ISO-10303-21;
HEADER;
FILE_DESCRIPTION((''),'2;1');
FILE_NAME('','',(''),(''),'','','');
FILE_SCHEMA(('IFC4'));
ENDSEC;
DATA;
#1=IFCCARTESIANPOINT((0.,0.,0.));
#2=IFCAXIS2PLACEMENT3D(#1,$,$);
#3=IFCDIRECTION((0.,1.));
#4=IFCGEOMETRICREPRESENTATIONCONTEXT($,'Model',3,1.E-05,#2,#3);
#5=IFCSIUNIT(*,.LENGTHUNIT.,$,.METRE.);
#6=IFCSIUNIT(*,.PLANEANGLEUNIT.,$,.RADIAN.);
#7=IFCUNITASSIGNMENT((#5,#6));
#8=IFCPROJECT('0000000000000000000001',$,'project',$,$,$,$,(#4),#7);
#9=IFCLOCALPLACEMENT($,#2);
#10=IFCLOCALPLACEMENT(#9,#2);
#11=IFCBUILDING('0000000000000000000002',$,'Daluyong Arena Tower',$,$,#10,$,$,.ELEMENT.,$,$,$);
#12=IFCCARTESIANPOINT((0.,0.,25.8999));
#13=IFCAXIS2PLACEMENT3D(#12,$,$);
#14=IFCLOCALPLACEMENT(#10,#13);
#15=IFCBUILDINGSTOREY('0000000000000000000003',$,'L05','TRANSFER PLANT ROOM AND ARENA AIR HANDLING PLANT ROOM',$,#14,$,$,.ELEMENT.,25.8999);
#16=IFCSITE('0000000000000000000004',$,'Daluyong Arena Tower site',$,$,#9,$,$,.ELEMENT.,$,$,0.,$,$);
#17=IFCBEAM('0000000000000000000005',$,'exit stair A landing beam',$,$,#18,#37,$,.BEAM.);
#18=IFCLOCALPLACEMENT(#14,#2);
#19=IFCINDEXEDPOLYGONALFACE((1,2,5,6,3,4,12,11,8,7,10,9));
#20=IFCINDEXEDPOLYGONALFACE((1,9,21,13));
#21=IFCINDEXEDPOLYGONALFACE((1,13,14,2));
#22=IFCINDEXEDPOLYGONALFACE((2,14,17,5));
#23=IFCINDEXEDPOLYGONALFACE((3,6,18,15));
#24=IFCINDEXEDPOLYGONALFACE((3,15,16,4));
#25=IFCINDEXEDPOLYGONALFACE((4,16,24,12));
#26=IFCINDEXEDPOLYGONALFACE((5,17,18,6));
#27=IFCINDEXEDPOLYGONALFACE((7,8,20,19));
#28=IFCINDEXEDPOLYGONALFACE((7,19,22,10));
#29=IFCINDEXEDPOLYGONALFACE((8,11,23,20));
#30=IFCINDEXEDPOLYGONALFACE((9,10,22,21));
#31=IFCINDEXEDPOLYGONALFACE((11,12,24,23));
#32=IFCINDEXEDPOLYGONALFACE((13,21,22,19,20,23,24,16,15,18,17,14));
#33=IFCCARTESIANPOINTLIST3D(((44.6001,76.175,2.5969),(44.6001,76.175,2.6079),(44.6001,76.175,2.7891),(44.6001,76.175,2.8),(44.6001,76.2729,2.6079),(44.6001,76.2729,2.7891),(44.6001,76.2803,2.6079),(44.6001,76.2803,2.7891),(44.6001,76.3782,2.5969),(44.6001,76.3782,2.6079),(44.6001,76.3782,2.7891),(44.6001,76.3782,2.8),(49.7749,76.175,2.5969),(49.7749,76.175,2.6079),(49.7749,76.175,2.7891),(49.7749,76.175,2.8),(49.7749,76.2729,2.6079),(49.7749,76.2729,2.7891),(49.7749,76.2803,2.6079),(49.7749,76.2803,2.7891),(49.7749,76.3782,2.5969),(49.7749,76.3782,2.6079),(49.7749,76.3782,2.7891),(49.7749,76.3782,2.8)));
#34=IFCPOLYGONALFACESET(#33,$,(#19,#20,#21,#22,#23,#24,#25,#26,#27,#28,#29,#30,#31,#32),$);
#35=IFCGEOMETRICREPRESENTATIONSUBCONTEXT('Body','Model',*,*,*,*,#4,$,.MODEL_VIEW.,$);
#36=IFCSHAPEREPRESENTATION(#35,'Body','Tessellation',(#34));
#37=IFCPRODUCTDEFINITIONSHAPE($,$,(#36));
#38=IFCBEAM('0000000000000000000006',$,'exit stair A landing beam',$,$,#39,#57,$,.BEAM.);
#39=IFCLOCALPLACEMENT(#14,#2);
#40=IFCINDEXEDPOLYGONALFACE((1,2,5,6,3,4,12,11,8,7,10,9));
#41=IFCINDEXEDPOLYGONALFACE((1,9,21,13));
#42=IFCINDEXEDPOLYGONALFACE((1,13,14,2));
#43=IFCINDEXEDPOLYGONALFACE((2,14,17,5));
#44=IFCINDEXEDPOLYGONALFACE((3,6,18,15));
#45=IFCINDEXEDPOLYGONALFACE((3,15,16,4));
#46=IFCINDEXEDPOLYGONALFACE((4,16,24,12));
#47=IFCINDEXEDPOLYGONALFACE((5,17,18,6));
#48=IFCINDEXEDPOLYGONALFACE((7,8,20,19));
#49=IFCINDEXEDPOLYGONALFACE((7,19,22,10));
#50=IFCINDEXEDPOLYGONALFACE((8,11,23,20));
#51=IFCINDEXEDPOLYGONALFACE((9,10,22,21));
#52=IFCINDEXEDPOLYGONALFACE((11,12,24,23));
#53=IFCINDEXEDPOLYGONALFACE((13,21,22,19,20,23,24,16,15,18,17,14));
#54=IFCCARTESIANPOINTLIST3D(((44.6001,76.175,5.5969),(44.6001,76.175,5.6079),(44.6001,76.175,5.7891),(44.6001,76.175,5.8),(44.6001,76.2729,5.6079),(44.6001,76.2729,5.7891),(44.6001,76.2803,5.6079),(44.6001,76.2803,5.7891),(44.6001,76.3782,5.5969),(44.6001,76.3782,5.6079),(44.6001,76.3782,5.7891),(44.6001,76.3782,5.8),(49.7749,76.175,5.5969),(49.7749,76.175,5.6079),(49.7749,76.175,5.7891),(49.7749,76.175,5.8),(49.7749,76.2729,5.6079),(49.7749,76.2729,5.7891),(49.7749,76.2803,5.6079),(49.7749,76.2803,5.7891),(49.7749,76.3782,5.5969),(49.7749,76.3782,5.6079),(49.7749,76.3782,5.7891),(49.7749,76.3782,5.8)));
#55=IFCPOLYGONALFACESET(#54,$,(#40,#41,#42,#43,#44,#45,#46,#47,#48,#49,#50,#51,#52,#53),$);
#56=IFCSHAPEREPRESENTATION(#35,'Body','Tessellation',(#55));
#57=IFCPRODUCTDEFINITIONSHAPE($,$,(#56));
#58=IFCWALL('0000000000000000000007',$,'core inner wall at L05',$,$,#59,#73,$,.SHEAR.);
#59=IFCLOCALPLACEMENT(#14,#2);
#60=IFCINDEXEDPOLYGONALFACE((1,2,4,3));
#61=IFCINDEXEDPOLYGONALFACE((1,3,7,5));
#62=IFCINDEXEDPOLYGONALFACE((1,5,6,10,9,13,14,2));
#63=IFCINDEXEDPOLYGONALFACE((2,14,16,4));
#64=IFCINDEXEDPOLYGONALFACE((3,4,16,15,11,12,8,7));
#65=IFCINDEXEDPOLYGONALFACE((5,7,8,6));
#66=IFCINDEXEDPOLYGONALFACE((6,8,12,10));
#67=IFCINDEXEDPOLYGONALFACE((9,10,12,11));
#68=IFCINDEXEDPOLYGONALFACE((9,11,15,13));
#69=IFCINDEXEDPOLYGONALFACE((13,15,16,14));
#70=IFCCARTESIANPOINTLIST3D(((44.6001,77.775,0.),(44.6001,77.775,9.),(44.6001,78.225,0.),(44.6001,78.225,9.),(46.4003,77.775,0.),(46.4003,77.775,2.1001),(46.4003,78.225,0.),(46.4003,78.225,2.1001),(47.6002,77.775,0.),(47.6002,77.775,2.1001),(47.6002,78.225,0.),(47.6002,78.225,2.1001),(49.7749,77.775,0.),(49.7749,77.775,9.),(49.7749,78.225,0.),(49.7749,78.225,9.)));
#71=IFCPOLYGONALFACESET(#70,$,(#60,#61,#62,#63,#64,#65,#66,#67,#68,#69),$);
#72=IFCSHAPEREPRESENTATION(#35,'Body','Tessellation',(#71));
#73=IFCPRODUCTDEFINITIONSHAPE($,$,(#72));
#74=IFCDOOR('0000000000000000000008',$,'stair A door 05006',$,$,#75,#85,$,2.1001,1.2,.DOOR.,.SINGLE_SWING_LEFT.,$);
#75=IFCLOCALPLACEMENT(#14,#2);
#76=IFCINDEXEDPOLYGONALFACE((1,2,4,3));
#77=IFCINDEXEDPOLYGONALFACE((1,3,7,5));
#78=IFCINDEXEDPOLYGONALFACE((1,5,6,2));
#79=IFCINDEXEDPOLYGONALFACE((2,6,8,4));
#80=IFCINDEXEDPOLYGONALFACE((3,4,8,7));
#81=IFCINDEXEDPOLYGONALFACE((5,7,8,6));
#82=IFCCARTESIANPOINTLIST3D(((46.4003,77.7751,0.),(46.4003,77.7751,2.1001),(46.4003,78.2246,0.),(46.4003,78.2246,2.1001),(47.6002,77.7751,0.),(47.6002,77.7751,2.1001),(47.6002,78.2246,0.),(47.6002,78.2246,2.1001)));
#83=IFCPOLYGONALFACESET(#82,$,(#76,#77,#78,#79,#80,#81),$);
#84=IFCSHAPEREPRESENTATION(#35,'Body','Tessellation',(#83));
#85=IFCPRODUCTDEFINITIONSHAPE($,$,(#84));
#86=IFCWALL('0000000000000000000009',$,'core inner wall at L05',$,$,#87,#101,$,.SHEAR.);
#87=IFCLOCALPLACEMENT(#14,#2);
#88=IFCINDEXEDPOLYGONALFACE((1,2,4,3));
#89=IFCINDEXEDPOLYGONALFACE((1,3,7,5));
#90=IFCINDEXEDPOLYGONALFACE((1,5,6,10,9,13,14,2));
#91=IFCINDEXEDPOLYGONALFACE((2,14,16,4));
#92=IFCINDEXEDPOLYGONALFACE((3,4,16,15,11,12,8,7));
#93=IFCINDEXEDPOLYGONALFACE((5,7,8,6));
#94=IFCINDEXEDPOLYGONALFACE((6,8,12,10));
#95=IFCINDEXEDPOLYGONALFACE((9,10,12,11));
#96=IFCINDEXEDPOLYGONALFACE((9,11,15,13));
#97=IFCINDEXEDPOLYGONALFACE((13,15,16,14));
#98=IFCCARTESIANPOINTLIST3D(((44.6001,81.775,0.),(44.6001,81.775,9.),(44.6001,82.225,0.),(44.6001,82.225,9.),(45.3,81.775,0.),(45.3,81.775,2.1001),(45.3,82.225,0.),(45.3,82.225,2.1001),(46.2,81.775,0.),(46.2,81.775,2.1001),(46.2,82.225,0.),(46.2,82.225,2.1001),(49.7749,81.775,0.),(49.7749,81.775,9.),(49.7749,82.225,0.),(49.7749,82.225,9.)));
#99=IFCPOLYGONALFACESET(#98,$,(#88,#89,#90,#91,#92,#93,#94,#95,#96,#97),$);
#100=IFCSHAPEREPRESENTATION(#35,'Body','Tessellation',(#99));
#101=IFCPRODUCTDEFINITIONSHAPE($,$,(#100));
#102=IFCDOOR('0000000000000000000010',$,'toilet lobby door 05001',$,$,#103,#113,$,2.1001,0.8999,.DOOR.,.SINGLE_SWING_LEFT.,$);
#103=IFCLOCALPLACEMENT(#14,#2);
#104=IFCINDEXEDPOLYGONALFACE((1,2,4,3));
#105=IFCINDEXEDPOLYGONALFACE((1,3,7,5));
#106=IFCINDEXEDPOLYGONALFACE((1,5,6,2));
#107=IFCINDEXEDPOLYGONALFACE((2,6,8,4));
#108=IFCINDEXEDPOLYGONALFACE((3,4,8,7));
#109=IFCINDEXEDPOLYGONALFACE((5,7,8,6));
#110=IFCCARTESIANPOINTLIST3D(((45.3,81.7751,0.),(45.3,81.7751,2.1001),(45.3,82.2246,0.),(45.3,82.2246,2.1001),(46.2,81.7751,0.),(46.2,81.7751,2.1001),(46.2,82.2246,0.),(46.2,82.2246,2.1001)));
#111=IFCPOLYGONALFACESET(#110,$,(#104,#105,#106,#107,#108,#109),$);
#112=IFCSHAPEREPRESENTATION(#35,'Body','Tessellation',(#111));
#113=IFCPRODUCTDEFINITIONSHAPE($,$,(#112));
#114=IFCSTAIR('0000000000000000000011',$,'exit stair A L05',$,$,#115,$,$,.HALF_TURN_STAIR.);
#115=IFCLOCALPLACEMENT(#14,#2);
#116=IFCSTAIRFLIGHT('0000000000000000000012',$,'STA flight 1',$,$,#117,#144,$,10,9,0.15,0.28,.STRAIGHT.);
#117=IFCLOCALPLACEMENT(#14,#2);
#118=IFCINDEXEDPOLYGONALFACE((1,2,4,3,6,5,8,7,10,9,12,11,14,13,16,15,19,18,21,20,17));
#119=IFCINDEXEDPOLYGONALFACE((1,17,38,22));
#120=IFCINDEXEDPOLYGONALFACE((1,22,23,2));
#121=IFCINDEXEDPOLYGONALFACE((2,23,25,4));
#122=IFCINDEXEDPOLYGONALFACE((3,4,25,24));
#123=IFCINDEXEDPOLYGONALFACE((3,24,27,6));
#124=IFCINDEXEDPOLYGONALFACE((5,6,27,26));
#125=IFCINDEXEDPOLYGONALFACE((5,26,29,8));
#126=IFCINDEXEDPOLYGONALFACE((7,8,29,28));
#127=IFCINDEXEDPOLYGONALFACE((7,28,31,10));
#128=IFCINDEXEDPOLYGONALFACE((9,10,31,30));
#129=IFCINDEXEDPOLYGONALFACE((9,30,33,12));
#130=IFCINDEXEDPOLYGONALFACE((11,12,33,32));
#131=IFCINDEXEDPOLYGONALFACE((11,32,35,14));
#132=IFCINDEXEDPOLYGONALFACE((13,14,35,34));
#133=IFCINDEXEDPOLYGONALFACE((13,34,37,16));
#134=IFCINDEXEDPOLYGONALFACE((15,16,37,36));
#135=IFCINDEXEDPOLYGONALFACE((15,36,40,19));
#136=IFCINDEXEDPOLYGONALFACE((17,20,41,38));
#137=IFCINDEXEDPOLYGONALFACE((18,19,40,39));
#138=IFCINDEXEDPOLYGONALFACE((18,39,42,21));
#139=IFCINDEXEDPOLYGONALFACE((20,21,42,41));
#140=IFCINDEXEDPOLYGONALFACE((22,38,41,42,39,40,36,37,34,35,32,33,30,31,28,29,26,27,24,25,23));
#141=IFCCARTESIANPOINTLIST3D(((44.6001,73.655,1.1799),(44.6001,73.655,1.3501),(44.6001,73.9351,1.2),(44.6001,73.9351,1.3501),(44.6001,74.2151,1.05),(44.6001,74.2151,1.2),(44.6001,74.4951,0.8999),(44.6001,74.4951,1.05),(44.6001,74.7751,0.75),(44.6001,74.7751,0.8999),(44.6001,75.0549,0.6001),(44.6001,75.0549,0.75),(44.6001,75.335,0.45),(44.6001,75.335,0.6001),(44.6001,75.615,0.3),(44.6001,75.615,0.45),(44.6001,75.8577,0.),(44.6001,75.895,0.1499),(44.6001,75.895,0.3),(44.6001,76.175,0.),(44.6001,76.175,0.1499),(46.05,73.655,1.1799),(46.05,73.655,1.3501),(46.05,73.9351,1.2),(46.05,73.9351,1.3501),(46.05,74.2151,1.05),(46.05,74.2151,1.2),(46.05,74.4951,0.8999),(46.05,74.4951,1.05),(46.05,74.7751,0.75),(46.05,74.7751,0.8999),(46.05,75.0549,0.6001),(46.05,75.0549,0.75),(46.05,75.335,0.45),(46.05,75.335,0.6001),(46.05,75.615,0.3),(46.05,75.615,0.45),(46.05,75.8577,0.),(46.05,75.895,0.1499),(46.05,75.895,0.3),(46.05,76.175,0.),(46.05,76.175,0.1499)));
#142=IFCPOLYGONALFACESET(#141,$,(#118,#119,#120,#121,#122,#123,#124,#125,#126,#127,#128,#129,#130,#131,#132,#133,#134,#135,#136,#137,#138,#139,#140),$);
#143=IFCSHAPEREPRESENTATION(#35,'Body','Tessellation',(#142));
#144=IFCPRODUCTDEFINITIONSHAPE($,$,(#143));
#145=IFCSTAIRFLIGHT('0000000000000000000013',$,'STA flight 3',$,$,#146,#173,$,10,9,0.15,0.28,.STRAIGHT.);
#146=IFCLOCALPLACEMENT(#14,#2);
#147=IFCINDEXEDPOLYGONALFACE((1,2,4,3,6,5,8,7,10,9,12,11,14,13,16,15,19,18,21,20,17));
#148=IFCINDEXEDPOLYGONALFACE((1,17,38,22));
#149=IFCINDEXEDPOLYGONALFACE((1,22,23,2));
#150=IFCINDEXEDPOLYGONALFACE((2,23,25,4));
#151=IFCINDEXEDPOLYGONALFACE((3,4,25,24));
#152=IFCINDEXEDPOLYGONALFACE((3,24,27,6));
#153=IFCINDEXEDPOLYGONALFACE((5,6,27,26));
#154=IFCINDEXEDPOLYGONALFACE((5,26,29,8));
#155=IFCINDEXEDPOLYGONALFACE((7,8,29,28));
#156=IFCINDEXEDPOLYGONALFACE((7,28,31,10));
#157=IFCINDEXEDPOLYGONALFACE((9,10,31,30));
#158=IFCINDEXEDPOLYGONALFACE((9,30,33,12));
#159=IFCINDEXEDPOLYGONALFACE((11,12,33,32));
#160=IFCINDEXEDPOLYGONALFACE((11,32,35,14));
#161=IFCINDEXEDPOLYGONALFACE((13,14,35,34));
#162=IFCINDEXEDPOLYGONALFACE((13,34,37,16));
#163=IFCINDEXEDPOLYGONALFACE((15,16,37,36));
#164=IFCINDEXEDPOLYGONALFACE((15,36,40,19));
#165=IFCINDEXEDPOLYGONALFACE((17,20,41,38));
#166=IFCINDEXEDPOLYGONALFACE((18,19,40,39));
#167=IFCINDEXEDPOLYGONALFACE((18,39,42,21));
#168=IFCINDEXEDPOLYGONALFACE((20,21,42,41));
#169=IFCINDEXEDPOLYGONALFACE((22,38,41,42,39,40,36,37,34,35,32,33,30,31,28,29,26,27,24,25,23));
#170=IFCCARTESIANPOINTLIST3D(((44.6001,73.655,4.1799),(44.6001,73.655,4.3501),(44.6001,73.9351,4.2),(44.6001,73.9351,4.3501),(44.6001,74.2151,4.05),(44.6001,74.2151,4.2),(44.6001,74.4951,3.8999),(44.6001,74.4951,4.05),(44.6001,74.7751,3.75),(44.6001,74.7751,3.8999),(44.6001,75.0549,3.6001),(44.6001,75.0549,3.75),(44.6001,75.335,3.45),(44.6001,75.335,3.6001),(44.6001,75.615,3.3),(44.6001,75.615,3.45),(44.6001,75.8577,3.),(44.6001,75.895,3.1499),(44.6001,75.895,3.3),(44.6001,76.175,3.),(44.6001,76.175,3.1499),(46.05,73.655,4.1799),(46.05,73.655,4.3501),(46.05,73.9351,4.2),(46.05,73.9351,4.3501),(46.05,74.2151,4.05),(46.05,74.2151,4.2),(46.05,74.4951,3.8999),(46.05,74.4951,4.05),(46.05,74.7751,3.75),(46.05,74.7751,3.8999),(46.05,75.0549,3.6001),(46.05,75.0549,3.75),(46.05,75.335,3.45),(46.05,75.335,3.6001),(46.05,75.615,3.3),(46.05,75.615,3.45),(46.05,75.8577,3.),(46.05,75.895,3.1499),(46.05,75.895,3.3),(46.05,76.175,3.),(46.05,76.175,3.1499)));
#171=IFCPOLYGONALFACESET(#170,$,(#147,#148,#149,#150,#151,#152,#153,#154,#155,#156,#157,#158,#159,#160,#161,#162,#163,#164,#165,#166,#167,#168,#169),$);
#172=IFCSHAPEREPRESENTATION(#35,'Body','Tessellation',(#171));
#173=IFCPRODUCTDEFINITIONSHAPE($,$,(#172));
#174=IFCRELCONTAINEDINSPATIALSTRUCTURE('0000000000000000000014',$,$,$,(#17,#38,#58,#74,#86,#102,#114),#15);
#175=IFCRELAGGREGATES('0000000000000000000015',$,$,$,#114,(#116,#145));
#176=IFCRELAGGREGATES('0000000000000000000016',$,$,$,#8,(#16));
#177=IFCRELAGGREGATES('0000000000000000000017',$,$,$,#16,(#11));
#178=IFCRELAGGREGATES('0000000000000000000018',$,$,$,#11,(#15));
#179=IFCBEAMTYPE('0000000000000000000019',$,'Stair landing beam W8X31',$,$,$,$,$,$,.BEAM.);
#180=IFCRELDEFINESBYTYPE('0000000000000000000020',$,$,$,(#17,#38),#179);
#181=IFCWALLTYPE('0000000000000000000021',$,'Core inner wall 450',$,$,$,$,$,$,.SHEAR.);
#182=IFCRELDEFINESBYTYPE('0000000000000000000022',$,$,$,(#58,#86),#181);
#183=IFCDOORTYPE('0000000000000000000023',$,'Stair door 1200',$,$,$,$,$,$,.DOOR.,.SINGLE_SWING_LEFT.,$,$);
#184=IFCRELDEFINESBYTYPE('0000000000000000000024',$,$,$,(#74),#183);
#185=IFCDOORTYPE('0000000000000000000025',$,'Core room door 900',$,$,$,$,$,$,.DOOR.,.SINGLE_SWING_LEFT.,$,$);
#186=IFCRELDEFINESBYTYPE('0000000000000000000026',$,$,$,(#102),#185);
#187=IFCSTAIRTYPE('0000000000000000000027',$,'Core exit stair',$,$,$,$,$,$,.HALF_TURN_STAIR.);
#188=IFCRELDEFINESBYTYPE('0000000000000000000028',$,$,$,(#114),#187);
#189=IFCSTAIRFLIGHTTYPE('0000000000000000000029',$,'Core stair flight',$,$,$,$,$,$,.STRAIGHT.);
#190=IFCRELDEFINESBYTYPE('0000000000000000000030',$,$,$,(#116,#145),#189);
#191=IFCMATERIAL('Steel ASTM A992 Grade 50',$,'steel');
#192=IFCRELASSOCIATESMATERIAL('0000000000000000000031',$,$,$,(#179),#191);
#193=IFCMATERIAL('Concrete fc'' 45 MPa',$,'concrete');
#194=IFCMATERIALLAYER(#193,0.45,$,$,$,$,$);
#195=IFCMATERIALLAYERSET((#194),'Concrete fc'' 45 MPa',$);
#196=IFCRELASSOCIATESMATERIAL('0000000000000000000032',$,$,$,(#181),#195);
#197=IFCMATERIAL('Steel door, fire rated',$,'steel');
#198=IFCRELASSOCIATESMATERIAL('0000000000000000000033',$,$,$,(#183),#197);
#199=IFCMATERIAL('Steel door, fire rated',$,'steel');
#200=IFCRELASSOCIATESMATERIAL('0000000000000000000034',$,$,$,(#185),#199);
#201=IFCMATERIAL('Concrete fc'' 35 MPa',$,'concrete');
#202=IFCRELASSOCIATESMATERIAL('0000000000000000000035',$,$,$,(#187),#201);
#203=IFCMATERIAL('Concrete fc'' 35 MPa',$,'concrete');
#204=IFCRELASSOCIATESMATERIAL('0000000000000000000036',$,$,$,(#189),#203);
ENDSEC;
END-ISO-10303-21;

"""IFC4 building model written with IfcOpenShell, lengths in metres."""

from ifc_helpers import new_model, si_unit, direction, frame, frame_2d, origin, origin_2d, place, context, subcontext, project, spatial, polyline, rectangle, i_section, outline, extrude, material, layer, layer_set, material_profile, profile_set, type_object, element, fill, aggregate, save


model = new_model("IFC4")

# Units and contexts
model_context = context("Model", 3, precision=1e-05, world=origin(), true_north=direction((0.0, 1.0)))
body_context = subcontext(model_context, "Body", "Model", "MODEL_VIEW")
ifc_project = project(units=[si_unit("LENGTHUNIT", "METRE"), si_unit("PLANEANGLEUNIT", "RADIAN")], contexts=[model_context])

# Site, building, storey
site_placement = place(None, origin())
site = spatial("IfcSite", under=ifc_project, at=site_placement, Name="Daluyong Arena Tower site", CompositionType="ELEMENT", RefElevation=0.0)
building_placement = place(site_placement, origin())
building = spatial("IfcBuilding", under=site, at=building_placement, Name="Daluyong Arena Tower", CompositionType="ELEMENT")
storey_placement = place(building_placement, frame((0.0, 0.0, 25.8999)))
storey = spatial("IfcBuildingStorey", under=building, at=storey_placement, Name="L05", Description="TRANSFER PLANT ROOM AND ARENA AIR HANDLING PLANT ROOM", CompositionType="ELEMENT", Elevation=25.8999)

# Beams
ifc_material_1 = material(Name="Steel ASTM A992 Grade 50", Category="steel")
ifc_material_profile_1 = material_profile(ifc_material_1, i_section(OverallWidth=0.2031, OverallDepth=0.2031, WebThickness=0.0073, FlangeThickness=0.011, at=origin_2d()))
ifc_profile_set_1 = profile_set([ifc_material_profile_1], Name="Steel ASTM A992 Grade 50")
beam_type_1 = type_object("IfcBeamType", Name="Stair landing beam W8X31", PredefinedType="BEAM", material=ifc_profile_set_1)
for number, where, z_axis, x_axis, name in (
    (1, (44.6001, 76.2766, 2.6985), (1.0, 0.0, 0.0), (0.0, 1.0, 0.0), "exit stair A landing beam"),
    (2, (44.6001, 76.2766, 5.6985), (1.0, 0.0, 0.0), (0.0, 1.0, 0.0), "exit stair A landing beam"),
):
    element("IfcBeam", number, at=place(storey_placement, frame(where, z_axis=z_axis, x_axis=x_axis)), inside=storey, type_object=beam_type_1, Name=name, PredefinedType="BEAM", context=body_context, shape_type="SweptSolid", body=[
        extrude(i_section(OverallWidth=0.2031, OverallDepth=0.2031, WebThickness=0.0073, FlangeThickness=0.011, at=origin_2d()), origin(), (0.0, 0.0, 1.0), 5.1748),
    ])

# Walls, openings, doors
ifc_material_2 = material(Name="Concrete fc' 45 MPa", Category="concrete")
ifc_layer = layer(ifc_material_2, 0.45)
ifc_layer_set = layer_set([ifc_layer], Name="Concrete fc' 45 MPa")
wall_type = type_object("IfcWallType", Name="Core inner wall 450", PredefinedType="SHEAR", material=ifc_layer_set)
wall_1_placement = place(storey_placement, frame((44.6001, 78.0, 0.0), z_axis=(0.0, 0.0, 1.0), x_axis=(1.0, 0.0, 0.0)))
wall_1 = element("IfcWall", 3, at=wall_1_placement, inside=storey, type_object=wall_type, Name="core inner wall at L05", PredefinedType="SHEAR", context=body_context, shape_type="SweptSolid", body=[
    extrude(rectangle(XDim=5.1748, YDim=0.45, at=frame_2d((2.5874, 0.0))), origin(), (0.0, 0.0, 1.0), 9.0),
])
opening_1_placement = place(wall_1_placement, frame((1.8, 0.0, 0.0)))
opening_1 = element("IfcOpeningElement", 4, at=opening_1_placement, cuts=wall_1, PredefinedType="OPENING", context=body_context, shape_type="SweptSolid", body=[
    extrude(rectangle(XDim=1.2, YDim=2.1001, at=frame_2d((0.6001, 1.05))), frame((0.0, 0.2349, 0.0), z_axis=(0.0, -1.0, 0.0), x_axis=(1.0, 0.0, 0.0)), (0.0, 0.0, 1.0), 0.47),
])
ifc_material_3 = material(Name="Steel door, fire rated", Category="steel")
door_type_1 = type_object("IfcDoorType", Name="Stair door 1200", OperationType="SINGLE_SWING_LEFT", PredefinedType="DOOR", material=ifc_material_3)
door_1_placement = place(opening_1_placement, origin())
door_1 = element("IfcDoor", 5, at=door_1_placement, inside=storey, type_object=door_type_1, Name="stair A door 05006", OperationType="SINGLE_SWING_LEFT", OverallHeight=2.1001, OverallWidth=1.2, PredefinedType="DOOR", context=body_context, shape_type="SweptSolid", body=[
    extrude(rectangle(XDim=1.2, YDim=2.1001, at=frame_2d((0.6001, 1.05))), frame((0.0, 0.2246, 0.0), z_axis=(0.0, -1.0, 0.0), x_axis=(1.0, 0.0, 0.0)), (0.0, 0.0, 1.0), 0.4495),
])
fill(opening_1, door_1)
wall_2_placement = place(storey_placement, frame((44.6001, 82.0, 0.0), z_axis=(0.0, 0.0, 1.0), x_axis=(1.0, 0.0, 0.0)))
wall_2 = element("IfcWall", 6, at=wall_2_placement, inside=storey, type_object=wall_type, Name="core inner wall at L05", PredefinedType="SHEAR", context=body_context, shape_type="SweptSolid", body=[
    extrude(rectangle(XDim=5.1748, YDim=0.45, at=frame_2d((2.5874, 0.0))), origin(), (0.0, 0.0, 1.0), 9.0),
])
opening_2_placement = place(wall_2_placement, frame((0.7, 0.0, 0.0)))
opening_2 = element("IfcOpeningElement", 7, at=opening_2_placement, cuts=wall_2, PredefinedType="OPENING", context=body_context, shape_type="SweptSolid", body=[
    extrude(rectangle(XDim=0.8999, YDim=2.1001, at=frame_2d((0.45, 1.05))), frame((0.0, 0.2349, 0.0), z_axis=(0.0, -1.0, 0.0), x_axis=(1.0, 0.0, 0.0)), (0.0, 0.0, 1.0), 0.47),
])
ifc_material_4 = material(Name="Steel door, fire rated", Category="steel")
door_type_2 = type_object("IfcDoorType", Name="Core room door 900", OperationType="SINGLE_SWING_LEFT", PredefinedType="DOOR", material=ifc_material_4)
door_2_placement = place(opening_2_placement, origin())
door_2 = element("IfcDoor", 8, at=door_2_placement, inside=storey, type_object=door_type_2, Name="toilet lobby door 05001", OperationType="SINGLE_SWING_LEFT", OverallHeight=2.1001, OverallWidth=0.8999, PredefinedType="DOOR", context=body_context, shape_type="SweptSolid", body=[
    extrude(rectangle(XDim=0.8999, YDim=2.1001, at=frame_2d((0.45, 1.05))), frame((0.0, 0.2246, 0.0), z_axis=(0.0, -1.0, 0.0), x_axis=(1.0, 0.0, 0.0)), (0.0, 0.0, 1.0), 0.4495),
])
fill(opening_2, door_2)

# Stair, stair flights
ifc_material_5 = material(Name="Concrete fc' 35 MPa", Category="concrete")
stair_type = type_object("IfcStairType", Name="Core exit stair", PredefinedType="HALF_TURN_STAIR", material=ifc_material_5)
stair_placement = place(storey_placement, origin())
stair = element("IfcStair", 9, at=stair_placement, inside=storey, type_object=stair_type, Name="exit stair A L05", PredefinedType="HALF_TURN_STAIR")
ifc_material_6 = material(Name="Concrete fc' 35 MPa", Category="concrete")
stair_flight_type = type_object("IfcStairFlightType", Name="Core stair flight", PredefinedType="STRAIGHT", material=ifc_material_6)
stair_flight_1_placement = place(storey_placement, frame((45.325, 76.175, 0.0), z_axis=(0.0, 0.0, 1.0), x_axis=(0.0, -1.0, 0.0)))
stair_flight_1 = element("IfcStairFlight", 10, at=stair_flight_1_placement, type_object=stair_flight_type, Name="STA flight 1", NumberOfRisers=10, NumberOfTreads=9, PredefinedType="STRAIGHT", RiserHeight=0.15, TreadLength=0.28, context=body_context, shape_type="SweptSolid", body=[
    extrude(outline(polyline([(0.0, 0.0), (0.0, 0.1499), (0.28, 0.1499), (0.28, 0.3), (0.5601, 0.3), (0.5601, 0.45), (0.8401, 0.45), (0.8401, 0.6001), (1.1201, 0.6001), (1.1201, 0.75), (1.3999, 0.75), (1.3999, 0.8999), (1.6799, 0.8999), (1.6799, 1.05), (1.96, 1.05), (1.96, 1.2), (2.24, 1.2), (2.24, 1.3501), (2.52, 1.3501), (2.52, 1.5), (2.52, 1.1799), (0.3174, 0.0), (0.0, 0.0)])), frame((0.0, 0.7251, 0.0), z_axis=(0.0, -1.0, 0.0), x_axis=(1.0, 0.0, 0.0)), (0.0, 0.0, 1.0), 1.45),
])
stair_flight_2_placement = place(storey_placement, frame((45.325, 76.175, 3.0), z_axis=(0.0, 0.0, 1.0), x_axis=(0.0, -1.0, 0.0)))
stair_flight_2 = element("IfcStairFlight", 11, at=stair_flight_2_placement, type_object=stair_flight_type, Name="STA flight 3", NumberOfRisers=10, NumberOfTreads=9, PredefinedType="STRAIGHT", RiserHeight=0.15, TreadLength=0.28, context=body_context, shape_type="SweptSolid", body=[
    extrude(outline(polyline([(0.0, 0.0), (0.0, 0.1499), (0.28, 0.1499), (0.28, 0.3), (0.5601, 0.3), (0.5601, 0.45), (0.8401, 0.45), (0.8401, 0.6001), (1.1201, 0.6001), (1.1201, 0.75), (1.3999, 0.75), (1.3999, 0.8999), (1.6799, 0.8999), (1.6799, 1.05), (1.96, 1.05), (1.96, 1.2), (2.24, 1.2), (2.24, 1.3501), (2.52, 1.3501), (2.52, 1.5), (2.52, 1.1799), (0.3174, 0.0), (0.0, 0.0)])), frame((0.0, 0.7251, 0.0), z_axis=(0.0, -1.0, 0.0), x_axis=(1.0, 0.0, 0.0)), (0.0, 0.0, 1.0), 1.45),
])
aggregate(stair, [stair_flight_1, stair_flight_2])

save(model, "model.ifc")
